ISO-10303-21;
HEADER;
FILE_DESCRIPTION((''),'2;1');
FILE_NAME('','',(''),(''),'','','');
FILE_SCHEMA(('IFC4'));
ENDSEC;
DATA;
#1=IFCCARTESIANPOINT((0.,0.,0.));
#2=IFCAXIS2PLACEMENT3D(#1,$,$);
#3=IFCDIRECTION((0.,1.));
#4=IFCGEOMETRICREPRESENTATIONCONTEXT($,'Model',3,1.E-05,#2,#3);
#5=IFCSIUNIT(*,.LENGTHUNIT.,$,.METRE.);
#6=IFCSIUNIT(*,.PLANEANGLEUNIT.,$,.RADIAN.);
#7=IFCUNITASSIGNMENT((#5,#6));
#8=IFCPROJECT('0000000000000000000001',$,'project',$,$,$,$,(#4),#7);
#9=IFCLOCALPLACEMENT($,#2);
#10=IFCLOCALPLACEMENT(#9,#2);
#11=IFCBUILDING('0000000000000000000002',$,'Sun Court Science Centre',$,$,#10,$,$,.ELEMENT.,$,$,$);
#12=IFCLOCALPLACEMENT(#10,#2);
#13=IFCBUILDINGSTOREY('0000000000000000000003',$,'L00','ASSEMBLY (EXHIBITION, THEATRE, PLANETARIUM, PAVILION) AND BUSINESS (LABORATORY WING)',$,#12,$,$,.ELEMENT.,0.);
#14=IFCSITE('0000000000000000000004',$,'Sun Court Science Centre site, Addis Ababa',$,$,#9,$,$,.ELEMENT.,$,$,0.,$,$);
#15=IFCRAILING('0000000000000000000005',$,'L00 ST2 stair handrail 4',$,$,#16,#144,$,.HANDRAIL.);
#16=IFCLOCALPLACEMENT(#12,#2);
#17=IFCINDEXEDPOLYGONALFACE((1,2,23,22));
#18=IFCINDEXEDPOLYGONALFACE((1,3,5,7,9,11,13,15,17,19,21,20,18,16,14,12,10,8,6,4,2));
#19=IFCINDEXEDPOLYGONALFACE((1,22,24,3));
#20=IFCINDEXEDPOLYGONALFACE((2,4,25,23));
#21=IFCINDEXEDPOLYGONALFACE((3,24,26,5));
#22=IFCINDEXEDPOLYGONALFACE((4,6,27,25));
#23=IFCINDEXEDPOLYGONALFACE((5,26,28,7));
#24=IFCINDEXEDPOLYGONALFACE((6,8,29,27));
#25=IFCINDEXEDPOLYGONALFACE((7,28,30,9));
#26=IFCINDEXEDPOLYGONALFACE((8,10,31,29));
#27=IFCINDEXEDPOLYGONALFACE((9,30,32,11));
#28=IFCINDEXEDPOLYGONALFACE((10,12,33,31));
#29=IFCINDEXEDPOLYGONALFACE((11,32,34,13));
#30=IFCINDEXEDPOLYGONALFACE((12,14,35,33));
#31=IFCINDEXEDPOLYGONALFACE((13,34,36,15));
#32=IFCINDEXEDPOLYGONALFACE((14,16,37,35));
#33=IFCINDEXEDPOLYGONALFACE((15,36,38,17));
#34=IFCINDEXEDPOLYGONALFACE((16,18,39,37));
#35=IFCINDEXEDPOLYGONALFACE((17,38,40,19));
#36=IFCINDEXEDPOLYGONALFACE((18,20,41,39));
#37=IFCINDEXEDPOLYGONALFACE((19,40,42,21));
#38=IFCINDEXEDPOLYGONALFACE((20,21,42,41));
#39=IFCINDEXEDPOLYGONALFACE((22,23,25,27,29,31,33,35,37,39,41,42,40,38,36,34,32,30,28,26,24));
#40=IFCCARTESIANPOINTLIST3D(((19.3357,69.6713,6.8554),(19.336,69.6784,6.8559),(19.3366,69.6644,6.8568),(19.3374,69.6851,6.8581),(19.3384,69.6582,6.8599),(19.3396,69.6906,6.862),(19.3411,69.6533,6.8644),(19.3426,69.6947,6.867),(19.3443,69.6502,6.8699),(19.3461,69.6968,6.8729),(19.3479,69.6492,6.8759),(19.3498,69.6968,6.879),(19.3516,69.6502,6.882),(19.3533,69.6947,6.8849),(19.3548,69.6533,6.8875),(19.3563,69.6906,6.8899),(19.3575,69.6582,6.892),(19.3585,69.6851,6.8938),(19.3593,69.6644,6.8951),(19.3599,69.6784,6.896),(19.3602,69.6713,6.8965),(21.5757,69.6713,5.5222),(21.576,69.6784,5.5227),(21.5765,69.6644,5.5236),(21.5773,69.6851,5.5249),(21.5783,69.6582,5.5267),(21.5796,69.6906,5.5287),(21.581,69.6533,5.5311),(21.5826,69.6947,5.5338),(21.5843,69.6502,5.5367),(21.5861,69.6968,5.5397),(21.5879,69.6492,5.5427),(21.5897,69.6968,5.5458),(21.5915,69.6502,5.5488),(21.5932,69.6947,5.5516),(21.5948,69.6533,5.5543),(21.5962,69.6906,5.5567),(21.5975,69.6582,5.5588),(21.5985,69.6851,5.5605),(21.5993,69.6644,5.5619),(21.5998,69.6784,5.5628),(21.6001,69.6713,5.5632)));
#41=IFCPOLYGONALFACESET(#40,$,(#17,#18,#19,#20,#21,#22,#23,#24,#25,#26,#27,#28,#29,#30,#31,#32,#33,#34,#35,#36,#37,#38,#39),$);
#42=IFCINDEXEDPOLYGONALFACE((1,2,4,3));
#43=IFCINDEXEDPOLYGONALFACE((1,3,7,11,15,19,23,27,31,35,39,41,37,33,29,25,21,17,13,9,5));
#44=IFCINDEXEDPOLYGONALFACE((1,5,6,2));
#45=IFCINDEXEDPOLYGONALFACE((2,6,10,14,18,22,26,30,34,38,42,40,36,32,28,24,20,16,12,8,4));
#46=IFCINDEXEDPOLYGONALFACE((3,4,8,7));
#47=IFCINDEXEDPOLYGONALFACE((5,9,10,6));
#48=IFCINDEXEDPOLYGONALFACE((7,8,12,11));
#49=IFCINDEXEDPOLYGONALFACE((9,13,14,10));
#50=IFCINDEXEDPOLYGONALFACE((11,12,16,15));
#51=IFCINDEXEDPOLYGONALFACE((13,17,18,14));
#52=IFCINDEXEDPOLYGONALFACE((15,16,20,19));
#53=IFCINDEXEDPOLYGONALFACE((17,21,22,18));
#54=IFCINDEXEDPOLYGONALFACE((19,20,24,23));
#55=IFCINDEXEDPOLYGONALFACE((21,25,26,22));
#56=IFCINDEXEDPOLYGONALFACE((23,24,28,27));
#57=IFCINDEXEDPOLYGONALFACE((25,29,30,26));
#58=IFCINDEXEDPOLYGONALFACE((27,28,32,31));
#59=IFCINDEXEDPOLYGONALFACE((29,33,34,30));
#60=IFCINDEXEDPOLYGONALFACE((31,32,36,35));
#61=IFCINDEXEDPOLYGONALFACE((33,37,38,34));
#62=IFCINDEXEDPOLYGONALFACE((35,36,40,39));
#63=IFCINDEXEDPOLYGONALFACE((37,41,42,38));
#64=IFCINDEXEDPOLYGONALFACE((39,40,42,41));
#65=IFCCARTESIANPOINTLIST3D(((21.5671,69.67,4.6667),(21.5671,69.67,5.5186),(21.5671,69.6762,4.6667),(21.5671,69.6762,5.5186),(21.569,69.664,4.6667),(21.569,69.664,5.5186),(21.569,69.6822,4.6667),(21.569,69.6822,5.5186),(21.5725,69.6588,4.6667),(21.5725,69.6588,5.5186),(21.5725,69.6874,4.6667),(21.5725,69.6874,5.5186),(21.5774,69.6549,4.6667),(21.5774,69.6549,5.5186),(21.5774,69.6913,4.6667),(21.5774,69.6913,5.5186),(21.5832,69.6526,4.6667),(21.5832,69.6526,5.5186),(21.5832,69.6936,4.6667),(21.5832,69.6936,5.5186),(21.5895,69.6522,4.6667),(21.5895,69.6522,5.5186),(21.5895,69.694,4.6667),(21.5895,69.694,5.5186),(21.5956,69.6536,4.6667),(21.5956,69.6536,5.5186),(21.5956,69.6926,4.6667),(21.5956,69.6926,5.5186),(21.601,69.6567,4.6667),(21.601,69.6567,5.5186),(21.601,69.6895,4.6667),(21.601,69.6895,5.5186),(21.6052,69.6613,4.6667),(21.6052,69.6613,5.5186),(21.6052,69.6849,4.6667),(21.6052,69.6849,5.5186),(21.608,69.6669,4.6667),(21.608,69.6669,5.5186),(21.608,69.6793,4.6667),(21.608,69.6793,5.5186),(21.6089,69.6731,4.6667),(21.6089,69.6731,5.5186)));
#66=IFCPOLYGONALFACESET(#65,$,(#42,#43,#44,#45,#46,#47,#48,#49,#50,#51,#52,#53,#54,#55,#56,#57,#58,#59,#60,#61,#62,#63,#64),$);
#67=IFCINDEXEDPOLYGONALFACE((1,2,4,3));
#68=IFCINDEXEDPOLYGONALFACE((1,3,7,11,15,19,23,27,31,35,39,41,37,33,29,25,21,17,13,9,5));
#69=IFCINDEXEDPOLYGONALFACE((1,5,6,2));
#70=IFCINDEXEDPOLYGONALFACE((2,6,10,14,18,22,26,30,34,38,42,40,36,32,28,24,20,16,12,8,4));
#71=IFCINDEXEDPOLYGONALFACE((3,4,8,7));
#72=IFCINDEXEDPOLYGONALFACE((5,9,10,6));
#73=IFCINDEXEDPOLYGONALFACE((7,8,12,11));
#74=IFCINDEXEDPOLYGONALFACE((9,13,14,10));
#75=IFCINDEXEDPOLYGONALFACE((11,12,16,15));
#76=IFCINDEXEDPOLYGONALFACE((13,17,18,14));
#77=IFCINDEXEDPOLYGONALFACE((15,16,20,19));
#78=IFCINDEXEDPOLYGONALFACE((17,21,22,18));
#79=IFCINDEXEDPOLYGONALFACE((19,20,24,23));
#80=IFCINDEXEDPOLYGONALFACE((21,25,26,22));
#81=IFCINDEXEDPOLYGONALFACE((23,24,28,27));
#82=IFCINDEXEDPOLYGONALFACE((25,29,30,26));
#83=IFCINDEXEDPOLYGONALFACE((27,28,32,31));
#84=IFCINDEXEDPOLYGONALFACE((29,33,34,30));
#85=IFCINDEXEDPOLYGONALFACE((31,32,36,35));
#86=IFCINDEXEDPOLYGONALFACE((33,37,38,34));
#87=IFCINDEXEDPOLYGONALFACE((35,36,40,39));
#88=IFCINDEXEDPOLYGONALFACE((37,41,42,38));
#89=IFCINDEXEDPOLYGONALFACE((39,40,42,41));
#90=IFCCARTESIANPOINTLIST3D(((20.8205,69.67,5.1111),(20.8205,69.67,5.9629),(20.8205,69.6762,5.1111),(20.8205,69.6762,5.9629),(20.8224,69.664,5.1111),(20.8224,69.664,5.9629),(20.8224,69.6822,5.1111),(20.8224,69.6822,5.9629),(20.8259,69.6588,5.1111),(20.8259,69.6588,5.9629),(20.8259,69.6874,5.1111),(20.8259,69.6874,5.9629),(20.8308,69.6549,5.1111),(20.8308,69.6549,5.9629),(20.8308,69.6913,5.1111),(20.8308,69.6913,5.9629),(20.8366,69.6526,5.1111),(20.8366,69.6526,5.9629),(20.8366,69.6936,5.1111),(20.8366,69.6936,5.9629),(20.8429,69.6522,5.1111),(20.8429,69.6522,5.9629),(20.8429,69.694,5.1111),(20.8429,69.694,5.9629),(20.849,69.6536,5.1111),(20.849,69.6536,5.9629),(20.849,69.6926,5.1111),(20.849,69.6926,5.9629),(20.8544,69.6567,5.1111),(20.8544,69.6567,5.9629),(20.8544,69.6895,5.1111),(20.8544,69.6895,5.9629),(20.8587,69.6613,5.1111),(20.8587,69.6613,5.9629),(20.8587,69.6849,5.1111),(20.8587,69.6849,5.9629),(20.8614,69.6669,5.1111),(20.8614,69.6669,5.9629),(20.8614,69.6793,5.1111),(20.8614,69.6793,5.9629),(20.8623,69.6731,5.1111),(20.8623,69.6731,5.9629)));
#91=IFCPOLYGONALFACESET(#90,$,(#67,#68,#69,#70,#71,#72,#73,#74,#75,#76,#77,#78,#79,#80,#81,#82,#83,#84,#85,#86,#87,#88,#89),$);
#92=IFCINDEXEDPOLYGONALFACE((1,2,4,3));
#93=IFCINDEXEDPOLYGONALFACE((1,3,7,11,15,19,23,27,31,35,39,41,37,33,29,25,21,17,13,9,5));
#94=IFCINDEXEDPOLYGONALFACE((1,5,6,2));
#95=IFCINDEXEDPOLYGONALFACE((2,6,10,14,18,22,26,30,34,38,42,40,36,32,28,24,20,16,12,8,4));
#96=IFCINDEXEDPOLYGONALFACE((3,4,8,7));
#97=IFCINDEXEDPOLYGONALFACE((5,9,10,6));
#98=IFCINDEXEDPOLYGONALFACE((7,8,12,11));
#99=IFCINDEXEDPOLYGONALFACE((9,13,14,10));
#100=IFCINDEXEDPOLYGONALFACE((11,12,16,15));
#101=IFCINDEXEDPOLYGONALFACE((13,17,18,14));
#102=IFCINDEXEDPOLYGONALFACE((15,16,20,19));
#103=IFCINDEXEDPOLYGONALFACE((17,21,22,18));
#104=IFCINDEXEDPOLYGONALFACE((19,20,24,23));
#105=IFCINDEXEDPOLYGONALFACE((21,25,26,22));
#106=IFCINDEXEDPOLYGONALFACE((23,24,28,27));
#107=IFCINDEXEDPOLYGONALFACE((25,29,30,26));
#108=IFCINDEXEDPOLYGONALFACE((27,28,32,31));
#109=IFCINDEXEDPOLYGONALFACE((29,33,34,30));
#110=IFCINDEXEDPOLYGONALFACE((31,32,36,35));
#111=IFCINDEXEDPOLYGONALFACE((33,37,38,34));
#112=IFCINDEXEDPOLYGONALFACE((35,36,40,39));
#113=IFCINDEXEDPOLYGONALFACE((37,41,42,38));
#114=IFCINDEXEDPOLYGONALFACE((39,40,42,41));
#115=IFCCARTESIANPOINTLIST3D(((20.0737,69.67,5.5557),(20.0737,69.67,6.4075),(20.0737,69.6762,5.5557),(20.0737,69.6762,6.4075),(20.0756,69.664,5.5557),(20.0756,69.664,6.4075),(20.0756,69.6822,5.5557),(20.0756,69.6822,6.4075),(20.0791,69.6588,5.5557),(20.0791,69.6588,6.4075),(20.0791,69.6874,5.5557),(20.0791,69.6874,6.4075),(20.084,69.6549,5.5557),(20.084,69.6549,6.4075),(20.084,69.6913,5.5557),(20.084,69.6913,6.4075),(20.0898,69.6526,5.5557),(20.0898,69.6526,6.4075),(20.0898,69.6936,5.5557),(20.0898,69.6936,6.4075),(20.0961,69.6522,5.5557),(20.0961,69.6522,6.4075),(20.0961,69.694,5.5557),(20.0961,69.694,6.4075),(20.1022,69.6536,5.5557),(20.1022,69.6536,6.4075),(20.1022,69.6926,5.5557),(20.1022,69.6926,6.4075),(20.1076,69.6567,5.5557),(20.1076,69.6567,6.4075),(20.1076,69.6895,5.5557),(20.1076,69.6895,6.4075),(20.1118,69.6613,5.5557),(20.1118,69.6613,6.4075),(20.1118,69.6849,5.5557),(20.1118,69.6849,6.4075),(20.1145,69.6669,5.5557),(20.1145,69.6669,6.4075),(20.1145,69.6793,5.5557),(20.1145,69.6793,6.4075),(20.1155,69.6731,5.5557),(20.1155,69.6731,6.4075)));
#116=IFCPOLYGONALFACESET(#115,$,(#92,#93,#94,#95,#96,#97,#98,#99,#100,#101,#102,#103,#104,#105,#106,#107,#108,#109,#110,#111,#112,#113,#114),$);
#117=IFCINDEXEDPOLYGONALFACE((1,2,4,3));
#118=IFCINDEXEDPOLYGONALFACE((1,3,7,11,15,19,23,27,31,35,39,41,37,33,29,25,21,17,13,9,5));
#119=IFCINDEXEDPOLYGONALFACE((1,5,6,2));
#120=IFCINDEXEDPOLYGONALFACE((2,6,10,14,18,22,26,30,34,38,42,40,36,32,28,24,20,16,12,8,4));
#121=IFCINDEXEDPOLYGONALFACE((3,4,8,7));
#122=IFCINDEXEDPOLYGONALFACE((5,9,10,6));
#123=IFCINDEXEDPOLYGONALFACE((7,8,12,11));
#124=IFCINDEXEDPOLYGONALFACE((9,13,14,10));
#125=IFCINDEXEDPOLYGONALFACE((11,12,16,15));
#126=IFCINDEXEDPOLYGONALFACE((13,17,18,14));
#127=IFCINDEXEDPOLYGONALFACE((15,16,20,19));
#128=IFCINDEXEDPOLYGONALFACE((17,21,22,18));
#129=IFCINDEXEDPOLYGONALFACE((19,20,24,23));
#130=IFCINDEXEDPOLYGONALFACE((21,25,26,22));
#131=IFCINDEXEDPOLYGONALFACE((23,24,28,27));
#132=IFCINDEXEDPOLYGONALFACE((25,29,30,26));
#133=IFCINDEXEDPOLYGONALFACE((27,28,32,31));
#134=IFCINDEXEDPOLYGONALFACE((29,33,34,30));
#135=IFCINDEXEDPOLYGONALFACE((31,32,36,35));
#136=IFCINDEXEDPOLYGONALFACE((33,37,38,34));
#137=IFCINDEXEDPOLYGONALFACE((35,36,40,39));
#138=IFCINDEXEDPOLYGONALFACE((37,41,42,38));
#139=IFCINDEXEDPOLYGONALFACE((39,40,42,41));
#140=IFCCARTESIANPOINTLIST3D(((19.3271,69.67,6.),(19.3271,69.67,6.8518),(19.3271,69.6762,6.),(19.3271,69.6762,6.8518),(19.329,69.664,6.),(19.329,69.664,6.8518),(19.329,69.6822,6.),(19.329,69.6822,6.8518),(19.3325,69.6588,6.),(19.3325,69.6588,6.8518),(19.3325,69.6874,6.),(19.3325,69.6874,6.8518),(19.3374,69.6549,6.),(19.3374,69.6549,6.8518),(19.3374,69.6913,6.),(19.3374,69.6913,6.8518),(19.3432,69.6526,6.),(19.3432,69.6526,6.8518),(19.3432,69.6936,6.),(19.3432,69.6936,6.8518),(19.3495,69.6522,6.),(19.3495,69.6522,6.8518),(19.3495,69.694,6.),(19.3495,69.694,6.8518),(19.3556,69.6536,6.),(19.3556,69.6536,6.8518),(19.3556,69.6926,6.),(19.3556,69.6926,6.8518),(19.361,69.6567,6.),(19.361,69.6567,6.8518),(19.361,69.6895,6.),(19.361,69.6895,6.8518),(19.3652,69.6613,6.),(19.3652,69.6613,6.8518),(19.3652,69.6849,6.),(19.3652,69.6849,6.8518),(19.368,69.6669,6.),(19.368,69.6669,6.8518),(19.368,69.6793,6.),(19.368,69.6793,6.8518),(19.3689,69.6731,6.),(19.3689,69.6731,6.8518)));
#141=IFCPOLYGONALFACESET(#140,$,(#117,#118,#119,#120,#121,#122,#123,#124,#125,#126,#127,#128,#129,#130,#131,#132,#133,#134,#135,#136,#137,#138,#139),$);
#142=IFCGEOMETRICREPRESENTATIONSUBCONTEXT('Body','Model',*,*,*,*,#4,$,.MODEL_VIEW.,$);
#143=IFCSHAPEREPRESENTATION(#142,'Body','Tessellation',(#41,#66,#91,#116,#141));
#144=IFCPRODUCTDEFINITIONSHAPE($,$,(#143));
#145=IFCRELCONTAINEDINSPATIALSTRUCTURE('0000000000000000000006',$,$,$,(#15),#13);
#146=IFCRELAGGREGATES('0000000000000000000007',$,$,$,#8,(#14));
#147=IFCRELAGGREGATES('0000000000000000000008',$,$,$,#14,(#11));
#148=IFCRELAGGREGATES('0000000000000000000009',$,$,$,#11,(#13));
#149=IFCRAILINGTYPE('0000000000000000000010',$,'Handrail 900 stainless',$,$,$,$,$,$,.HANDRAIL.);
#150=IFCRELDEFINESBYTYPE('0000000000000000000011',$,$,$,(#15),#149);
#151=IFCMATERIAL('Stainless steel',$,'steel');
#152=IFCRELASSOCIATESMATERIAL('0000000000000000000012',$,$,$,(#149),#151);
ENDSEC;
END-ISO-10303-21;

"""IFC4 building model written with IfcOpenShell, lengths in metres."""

from ifc_helpers import new_model, si_unit, direction, frame, origin, origin_2d, place, context, subcontext, project, spatial, circle, extrude, material, type_object, element, save


model = new_model("IFC4")

# Units and contexts
model_context = context("Model", 3, precision=1e-05, world=origin(), true_north=direction((0.0, 1.0)))
body_context = subcontext(model_context, "Body", "Model", "MODEL_VIEW")
ifc_project = project(units=[si_unit("LENGTHUNIT", "METRE"), si_unit("PLANEANGLEUNIT", "RADIAN")], contexts=[model_context])

# Site, building, storey
site_placement = place(None, origin())
site = spatial("IfcSite", under=ifc_project, at=site_placement, Name="Sun Court Science Centre site, Addis Ababa", CompositionType="ELEMENT", RefElevation=0.0)
building_placement = place(site_placement, origin())
building = spatial("IfcBuilding", under=site, at=building_placement, Name="Sun Court Science Centre", CompositionType="ELEMENT")
storey_placement = place(building_placement, origin())
storey = spatial("IfcBuildingStorey", under=building, at=storey_placement, Name="L00", Description="ASSEMBLY (EXHIBITION, THEATRE, PLANETARIUM, PAVILION) AND BUSINESS (LABORATORY WING)", CompositionType="ELEMENT", Elevation=0.0)

# Railing
ifc_material_1 = material(Name="Stainless steel", Category="steel")
railing_type = type_object("IfcRailingType", Name="Handrail 900 stainless", PredefinedType="HANDRAIL", material=ifc_material_1)
for number, where, name in (
    (1, (21.5879, 69.6731, 4.6667), "L00 ST2 stair handrail 4"),
):
    element("IfcRailing", number, at=place(storey_placement, frame(where)), inside=storey, type_object=railing_type, Name=name, PredefinedType="HANDRAIL", context=body_context, shape_type="SweptSolid", body=[
        extrude(circle(Radius=0.0239, at=origin_2d()), frame((0.0, 0.0, 0.876), z_axis=(-0.859306, 0.0, 0.511462), x_axis=(0.0, -1.0, 0.0)), (0.0, 0.0, 1.0), 2.6067),
        extrude(circle(Radius=0.021, at=origin_2d()), origin(), (0.0, 0.0, 1.0), 0.8518),
        extrude(circle(Radius=0.021, at=origin_2d()), frame((-0.7466, 0.0, 0.4443)), (0.0, 0.0, 1.0), 0.8518),
        extrude(circle(Radius=0.021, at=origin_2d()), frame((-1.4934, 0.0, 0.8889)), (0.0, 0.0, 1.0), 0.8518),
        extrude(circle(Radius=0.021, at=origin_2d()), frame((-2.24, 0.0, 1.3333)), (0.0, 0.0, 1.0), 0.8518),
    ])

save(model, "model.ifc")
